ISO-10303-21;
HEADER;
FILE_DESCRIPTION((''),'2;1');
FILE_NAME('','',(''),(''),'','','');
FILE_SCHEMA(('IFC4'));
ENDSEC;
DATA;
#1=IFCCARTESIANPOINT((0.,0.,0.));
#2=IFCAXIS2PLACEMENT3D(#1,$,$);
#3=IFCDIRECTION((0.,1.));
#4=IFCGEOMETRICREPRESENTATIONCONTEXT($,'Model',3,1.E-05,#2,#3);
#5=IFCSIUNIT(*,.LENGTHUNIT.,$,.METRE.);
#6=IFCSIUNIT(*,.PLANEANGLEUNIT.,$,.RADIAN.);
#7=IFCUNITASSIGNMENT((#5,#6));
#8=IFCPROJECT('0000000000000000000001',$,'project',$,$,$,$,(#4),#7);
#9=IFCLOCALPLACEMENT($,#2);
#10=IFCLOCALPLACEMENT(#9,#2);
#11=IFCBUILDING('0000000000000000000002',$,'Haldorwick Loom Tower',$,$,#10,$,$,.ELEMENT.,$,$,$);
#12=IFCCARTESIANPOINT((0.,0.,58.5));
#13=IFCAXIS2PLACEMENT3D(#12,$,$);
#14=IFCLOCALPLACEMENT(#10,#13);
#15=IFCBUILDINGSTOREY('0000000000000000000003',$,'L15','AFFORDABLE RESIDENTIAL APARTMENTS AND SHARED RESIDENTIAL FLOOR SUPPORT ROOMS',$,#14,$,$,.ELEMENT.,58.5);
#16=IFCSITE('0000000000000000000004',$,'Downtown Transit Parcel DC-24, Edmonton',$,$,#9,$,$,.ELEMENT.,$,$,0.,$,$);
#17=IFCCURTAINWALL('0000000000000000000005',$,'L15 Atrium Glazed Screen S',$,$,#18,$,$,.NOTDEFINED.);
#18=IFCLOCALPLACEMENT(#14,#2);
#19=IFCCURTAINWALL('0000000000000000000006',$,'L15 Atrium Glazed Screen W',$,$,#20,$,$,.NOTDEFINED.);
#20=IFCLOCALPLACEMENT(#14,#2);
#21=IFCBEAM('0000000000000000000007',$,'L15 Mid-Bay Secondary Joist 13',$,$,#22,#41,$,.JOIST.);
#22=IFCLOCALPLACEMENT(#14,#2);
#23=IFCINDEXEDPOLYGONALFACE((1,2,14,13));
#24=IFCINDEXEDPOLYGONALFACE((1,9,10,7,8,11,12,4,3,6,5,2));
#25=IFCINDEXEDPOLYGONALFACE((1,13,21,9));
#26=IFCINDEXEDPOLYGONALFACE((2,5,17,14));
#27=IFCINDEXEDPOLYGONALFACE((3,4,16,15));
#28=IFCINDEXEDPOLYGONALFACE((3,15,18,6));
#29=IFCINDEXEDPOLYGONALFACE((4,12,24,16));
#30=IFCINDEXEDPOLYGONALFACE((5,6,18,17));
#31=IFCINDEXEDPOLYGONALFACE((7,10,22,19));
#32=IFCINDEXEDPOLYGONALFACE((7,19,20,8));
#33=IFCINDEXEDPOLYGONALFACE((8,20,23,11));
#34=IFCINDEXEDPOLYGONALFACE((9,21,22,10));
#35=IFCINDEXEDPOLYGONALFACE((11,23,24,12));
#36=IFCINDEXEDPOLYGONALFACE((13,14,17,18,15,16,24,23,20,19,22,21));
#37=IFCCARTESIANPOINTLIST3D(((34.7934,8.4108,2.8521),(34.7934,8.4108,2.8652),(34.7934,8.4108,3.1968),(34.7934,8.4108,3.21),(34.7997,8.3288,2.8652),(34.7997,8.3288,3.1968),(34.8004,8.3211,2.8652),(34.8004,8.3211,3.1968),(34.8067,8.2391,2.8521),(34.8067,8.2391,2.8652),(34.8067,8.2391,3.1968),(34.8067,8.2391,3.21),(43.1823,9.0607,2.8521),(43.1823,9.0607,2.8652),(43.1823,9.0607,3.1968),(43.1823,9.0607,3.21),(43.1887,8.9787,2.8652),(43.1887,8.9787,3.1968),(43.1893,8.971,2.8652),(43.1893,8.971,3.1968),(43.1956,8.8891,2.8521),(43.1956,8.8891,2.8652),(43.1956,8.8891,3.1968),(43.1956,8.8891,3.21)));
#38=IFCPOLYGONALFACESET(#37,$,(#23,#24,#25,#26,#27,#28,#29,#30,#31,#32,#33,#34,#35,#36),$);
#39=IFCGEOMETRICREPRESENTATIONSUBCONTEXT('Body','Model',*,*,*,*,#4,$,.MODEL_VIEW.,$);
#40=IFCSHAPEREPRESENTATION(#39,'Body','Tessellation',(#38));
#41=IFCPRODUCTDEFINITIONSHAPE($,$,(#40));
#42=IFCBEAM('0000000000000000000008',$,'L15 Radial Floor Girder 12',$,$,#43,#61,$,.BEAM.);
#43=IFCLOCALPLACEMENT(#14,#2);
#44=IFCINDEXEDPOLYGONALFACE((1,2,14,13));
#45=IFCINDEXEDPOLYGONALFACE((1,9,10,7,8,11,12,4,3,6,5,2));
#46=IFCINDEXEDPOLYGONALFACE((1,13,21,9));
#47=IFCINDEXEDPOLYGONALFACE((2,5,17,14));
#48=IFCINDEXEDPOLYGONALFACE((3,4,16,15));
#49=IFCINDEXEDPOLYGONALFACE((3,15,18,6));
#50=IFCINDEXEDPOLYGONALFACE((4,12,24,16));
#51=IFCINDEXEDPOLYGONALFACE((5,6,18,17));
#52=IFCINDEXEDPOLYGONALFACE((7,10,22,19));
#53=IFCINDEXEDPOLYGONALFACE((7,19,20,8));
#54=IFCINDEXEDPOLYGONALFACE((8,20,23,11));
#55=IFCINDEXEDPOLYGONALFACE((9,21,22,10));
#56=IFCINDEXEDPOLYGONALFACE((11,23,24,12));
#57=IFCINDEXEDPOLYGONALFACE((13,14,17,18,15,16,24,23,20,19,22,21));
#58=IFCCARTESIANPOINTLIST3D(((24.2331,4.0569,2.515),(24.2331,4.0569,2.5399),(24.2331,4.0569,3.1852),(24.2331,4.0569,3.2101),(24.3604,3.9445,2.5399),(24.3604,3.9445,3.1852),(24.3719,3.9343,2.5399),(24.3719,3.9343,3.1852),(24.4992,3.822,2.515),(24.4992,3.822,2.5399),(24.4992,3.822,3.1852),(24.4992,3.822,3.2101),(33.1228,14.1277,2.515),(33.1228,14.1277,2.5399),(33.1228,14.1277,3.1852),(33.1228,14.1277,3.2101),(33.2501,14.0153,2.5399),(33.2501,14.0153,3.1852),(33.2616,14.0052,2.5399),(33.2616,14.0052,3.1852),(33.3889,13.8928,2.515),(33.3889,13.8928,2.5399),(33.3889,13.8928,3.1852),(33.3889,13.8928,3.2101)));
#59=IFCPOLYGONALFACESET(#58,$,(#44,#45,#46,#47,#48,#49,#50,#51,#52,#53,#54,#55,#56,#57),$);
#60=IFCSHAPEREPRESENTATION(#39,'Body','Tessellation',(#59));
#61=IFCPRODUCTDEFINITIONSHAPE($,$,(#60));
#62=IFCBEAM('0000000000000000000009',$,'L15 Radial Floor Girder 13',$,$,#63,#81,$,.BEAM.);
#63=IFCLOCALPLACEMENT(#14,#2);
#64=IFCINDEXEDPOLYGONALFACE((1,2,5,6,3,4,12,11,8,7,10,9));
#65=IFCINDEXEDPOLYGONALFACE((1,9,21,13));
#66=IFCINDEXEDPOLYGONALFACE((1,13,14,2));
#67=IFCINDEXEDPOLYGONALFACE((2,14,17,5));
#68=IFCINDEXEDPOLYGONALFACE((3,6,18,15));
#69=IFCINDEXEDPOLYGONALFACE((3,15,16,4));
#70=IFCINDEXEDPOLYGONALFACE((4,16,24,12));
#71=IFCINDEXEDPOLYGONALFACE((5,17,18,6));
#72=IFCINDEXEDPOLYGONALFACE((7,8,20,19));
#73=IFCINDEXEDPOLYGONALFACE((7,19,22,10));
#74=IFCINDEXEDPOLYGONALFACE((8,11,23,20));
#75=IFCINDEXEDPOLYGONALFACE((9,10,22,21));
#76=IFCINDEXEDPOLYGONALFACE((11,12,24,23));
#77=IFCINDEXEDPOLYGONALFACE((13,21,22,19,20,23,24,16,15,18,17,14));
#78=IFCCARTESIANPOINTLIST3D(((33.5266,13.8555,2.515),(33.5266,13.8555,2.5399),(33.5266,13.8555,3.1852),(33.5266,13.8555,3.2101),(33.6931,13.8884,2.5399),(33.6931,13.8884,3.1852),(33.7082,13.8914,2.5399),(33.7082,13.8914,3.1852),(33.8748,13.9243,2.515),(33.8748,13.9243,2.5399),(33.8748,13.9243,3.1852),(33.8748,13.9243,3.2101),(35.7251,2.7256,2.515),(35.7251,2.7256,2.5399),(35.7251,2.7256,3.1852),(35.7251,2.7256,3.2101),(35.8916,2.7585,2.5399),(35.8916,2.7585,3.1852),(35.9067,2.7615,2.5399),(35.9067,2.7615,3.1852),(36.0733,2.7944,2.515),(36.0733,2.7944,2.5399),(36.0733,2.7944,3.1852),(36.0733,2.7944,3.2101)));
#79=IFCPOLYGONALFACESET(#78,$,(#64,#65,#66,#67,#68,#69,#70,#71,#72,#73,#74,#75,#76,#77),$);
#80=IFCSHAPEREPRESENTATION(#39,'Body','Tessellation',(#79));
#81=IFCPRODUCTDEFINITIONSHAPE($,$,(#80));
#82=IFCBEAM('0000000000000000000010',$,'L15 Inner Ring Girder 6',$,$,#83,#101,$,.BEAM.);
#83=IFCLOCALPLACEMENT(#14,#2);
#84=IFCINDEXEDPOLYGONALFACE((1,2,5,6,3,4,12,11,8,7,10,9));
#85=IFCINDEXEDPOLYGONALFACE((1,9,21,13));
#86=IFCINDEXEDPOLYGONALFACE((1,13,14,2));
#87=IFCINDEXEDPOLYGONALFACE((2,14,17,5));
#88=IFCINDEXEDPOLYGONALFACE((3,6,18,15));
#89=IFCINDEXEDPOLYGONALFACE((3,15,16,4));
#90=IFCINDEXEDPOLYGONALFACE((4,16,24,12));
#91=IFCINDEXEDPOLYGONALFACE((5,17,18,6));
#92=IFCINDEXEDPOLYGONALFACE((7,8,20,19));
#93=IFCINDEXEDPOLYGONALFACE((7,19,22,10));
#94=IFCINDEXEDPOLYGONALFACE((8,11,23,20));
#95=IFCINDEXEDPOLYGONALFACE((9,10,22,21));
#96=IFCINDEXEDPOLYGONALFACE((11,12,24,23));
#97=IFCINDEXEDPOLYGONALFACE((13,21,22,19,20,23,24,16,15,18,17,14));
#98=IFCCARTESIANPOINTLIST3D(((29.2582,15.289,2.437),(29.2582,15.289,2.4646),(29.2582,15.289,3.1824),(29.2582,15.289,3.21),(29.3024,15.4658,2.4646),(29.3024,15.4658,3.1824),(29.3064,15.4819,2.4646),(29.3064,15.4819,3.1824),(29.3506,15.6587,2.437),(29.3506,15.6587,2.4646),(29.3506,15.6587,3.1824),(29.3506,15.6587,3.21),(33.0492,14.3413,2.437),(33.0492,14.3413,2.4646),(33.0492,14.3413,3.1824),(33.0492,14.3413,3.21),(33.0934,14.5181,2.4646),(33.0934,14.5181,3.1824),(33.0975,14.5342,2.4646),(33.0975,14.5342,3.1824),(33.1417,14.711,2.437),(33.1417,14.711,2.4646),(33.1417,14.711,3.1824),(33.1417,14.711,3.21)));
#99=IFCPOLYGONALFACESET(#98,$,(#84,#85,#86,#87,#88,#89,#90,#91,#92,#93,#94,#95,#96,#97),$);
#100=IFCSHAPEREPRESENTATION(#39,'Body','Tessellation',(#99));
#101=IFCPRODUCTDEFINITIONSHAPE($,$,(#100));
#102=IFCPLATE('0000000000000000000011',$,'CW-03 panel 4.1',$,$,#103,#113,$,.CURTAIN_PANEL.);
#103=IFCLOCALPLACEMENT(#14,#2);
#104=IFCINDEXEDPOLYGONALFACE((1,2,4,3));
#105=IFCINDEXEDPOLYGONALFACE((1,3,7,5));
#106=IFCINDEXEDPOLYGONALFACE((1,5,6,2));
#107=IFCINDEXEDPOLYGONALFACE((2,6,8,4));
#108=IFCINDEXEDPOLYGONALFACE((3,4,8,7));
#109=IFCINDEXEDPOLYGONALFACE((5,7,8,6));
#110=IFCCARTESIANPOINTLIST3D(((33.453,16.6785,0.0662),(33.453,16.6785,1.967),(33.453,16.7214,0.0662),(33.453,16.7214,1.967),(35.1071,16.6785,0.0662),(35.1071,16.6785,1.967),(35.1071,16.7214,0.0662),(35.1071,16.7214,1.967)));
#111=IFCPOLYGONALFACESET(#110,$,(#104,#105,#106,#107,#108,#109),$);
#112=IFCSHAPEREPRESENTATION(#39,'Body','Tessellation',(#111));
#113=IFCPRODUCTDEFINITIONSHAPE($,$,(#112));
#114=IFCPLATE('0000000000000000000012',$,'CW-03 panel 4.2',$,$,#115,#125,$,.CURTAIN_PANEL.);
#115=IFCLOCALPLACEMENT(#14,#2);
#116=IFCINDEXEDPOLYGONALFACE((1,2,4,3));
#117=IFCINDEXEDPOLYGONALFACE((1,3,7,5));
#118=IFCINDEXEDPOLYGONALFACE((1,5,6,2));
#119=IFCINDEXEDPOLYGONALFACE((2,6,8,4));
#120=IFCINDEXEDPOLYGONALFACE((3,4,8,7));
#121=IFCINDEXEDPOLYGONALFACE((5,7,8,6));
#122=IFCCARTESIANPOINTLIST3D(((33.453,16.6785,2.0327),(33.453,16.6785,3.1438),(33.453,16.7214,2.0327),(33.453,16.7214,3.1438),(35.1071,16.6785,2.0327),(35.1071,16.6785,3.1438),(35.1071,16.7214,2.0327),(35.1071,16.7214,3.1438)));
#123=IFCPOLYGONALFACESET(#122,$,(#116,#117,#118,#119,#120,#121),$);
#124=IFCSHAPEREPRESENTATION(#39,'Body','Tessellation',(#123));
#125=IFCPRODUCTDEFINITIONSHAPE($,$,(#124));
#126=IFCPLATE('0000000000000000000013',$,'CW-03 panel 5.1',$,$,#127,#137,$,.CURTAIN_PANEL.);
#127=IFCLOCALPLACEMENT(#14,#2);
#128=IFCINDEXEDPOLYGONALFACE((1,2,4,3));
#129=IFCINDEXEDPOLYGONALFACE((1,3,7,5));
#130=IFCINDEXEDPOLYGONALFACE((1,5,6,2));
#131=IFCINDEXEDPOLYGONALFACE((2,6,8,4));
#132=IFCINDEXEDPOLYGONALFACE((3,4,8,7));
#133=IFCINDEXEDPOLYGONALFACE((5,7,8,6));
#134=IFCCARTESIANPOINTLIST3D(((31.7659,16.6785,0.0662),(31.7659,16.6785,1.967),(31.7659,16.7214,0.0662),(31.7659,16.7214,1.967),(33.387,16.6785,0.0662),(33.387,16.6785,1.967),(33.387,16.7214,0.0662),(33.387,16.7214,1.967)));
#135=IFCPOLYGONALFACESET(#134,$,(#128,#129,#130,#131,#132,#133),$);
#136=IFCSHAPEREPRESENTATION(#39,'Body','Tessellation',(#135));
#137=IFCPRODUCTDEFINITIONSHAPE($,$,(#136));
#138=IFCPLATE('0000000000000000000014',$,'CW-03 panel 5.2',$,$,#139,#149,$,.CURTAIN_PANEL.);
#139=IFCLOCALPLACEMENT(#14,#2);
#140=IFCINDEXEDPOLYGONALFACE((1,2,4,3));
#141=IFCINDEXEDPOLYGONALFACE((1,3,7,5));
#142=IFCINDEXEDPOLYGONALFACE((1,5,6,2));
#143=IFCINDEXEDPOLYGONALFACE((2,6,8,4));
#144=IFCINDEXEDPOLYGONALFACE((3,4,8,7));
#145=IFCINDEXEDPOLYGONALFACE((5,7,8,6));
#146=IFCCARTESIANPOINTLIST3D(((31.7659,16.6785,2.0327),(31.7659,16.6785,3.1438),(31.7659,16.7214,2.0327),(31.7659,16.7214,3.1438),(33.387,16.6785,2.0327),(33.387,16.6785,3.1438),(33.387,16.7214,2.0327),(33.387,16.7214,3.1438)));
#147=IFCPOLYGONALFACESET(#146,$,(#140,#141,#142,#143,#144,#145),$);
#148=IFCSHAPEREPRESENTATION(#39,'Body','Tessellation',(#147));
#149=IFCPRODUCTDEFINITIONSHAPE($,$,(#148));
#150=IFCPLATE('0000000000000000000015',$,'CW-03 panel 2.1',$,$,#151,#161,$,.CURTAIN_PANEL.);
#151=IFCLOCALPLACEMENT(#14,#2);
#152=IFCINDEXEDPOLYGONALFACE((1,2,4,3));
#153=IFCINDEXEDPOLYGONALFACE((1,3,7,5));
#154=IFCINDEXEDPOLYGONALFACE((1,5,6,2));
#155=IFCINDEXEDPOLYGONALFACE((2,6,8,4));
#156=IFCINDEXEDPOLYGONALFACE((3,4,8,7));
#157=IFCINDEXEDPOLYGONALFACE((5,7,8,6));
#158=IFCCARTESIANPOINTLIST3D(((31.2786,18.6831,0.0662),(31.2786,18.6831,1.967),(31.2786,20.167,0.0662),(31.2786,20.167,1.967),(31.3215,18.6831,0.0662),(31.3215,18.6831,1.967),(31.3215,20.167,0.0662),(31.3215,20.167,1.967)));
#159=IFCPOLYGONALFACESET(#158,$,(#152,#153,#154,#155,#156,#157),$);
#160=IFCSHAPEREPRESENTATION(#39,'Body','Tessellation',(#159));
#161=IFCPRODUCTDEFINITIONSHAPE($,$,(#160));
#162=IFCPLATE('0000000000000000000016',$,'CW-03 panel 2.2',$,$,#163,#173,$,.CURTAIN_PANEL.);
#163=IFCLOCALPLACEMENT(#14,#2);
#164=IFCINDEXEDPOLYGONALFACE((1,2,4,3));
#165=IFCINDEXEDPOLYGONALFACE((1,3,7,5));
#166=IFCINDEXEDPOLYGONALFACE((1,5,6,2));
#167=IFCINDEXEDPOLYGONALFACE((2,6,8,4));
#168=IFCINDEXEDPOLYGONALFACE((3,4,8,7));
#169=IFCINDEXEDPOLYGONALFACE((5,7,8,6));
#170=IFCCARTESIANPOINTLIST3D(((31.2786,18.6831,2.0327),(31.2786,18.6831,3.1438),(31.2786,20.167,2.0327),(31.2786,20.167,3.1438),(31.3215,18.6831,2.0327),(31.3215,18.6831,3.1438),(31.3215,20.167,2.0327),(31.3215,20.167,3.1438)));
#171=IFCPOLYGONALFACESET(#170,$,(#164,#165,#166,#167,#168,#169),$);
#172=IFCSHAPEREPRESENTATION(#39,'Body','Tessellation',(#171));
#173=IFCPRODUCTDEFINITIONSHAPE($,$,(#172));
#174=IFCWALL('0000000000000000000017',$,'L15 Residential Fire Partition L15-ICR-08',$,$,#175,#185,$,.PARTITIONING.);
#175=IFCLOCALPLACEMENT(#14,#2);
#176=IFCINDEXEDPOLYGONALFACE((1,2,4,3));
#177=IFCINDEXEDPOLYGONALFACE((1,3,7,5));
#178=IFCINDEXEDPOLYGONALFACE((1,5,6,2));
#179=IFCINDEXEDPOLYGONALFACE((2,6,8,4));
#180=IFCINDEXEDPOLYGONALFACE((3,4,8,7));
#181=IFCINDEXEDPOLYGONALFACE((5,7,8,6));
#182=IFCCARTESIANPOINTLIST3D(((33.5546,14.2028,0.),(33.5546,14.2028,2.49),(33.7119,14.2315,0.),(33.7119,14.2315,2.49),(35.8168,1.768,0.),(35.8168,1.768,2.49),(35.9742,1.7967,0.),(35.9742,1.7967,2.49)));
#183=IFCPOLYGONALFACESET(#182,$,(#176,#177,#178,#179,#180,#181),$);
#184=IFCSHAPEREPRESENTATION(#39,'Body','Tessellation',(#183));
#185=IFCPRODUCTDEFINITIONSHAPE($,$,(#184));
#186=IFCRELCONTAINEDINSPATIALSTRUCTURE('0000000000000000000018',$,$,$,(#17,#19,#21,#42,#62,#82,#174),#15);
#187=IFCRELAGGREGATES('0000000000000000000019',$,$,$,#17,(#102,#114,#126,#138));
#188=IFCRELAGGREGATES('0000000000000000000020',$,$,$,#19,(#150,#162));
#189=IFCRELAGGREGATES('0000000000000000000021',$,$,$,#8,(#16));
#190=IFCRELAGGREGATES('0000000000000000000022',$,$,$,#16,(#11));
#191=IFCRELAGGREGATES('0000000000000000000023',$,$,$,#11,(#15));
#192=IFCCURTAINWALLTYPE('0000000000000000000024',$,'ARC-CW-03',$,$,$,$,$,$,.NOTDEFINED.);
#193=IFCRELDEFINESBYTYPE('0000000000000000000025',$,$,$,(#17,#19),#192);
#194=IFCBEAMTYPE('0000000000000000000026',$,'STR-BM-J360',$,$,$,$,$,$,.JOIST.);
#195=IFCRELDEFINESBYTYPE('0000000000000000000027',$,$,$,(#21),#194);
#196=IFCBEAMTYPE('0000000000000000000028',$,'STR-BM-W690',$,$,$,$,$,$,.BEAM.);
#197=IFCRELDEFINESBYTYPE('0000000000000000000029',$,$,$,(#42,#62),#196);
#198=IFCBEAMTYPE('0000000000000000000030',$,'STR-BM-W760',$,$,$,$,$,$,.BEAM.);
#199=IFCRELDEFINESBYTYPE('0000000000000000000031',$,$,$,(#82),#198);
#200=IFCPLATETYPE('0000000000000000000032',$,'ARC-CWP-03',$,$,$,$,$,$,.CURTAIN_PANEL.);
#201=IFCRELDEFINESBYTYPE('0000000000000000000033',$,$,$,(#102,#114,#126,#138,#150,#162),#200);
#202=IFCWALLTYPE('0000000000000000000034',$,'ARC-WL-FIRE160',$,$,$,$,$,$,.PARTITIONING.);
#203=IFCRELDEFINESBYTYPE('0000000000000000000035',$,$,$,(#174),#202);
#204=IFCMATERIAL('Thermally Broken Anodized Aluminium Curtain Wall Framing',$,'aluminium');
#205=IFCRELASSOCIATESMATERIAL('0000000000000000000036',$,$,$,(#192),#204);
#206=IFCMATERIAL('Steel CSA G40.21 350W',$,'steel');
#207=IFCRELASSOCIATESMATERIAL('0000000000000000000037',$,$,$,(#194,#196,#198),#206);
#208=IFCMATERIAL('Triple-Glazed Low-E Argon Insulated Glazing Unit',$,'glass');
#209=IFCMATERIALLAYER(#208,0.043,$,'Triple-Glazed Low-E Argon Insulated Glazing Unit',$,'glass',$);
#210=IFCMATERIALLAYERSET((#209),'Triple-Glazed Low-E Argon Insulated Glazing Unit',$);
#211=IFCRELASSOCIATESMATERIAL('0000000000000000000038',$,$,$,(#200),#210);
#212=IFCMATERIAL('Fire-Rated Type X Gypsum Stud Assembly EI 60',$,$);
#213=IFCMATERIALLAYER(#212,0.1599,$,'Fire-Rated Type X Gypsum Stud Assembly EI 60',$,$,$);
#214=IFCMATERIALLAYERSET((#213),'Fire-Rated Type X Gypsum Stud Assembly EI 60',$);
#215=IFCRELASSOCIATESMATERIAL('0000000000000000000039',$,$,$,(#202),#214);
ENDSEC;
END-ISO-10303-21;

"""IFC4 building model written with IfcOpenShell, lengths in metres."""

from ifc_helpers import new_model, si_unit, direction, frame, frame_2d, origin, origin_2d, place, context, subcontext, project, spatial, rectangle, i_section, extrude, material, layer, layer_set, material_profile, profile_set, type_object, element, aggregate, save


model = new_model("IFC4")

# Units and contexts
model_context = context("Model", 3, precision=1e-05, world=origin(), true_north=direction((0.0, 1.0)))
body_context = subcontext(model_context, "Body", "Model", "MODEL_VIEW")
ifc_project = project(units=[si_unit("LENGTHUNIT", "METRE"), si_unit("PLANEANGLEUNIT", "RADIAN")], contexts=[model_context])

# Site, building, storey
site_placement = place(None, origin())
site = spatial("IfcSite", under=ifc_project, at=site_placement, Name="Downtown Transit Parcel DC-24, Edmonton", CompositionType="ELEMENT", RefElevation=0.0)
building_placement = place(site_placement, origin())
building = spatial("IfcBuilding", under=site, at=building_placement, Name="Haldorwick Loom Tower", CompositionType="ELEMENT")
storey_placement = place(building_placement, frame((0.0, 0.0, 58.5)))
storey = spatial("IfcBuildingStorey", under=building, at=storey_placement, Name="L15", Description="AFFORDABLE RESIDENTIAL APARTMENTS AND SHARED RESIDENTIAL FLOOR SUPPORT ROOMS", CompositionType="ELEMENT", Elevation=58.5)

# Curtain walls
ifc_material_1 = material(Name="Thermally Broken Anodized Aluminium Curtain Wall Framing", Category="aluminium")
curtain_wall_type = type_object("IfcCurtainWallType", Name="ARC-CW-03", PredefinedType="NOTDEFINED", material=ifc_material_1)
curtain_wall_1_placement = place(storey_placement, origin())
curtain_wall_1 = element("IfcCurtainWall", 1, at=curtain_wall_1_placement, inside=storey, type_object=curtain_wall_type, Name="L15 Atrium Glazed Screen S", PredefinedType="NOTDEFINED")
curtain_wall_2_placement = place(storey_placement, origin())
curtain_wall_2 = element("IfcCurtainWall", 2, at=curtain_wall_2_placement, inside=storey, type_object=curtain_wall_type, Name="L15 Atrium Glazed Screen W", PredefinedType="NOTDEFINED")

# Beams
ifc_material_2 = material(Name="Steel CSA G40.21 350W", Category="steel")
ifc_material_profile_1 = material_profile(ifc_material_2, i_section(OverallWidth=0.1721, OverallDepth=0.3579, WebThickness=0.0078, FlangeThickness=0.0132, at=origin_2d()), Name="W360X57", Category="steel")
ifc_profile_set_1 = profile_set([ifc_material_profile_1], Name="Steel CSA G40.21 350W")
beam_type_1 = type_object("IfcBeamType", Name="STR-BM-J360", PredefinedType="JOIST", material=ifc_profile_set_1)
beam_1_placement = place(storey_placement, frame((34.8, 8.325, 3.031), z_axis=(0.997013, 0.07724, 0.0), x_axis=(-0.07724, 0.997013, 0.0)))
element("IfcBeam", 3, at=beam_1_placement, inside=storey, type_object=beam_type_1, Name="L15 Mid-Bay Secondary Joist 13", PredefinedType="JOIST", context=body_context, shape_type="SweptSolid", body=[
    extrude(i_section(OverallWidth=0.1721, OverallDepth=0.3579, WebThickness=0.0078, FlangeThickness=0.0132, at=origin_2d()), origin(), (0.0, 0.0, 1.0), 8.4141),
])
ifc_material_profile_2 = material_profile(ifc_material_2, i_section(OverallWidth=0.355, OverallDepth=0.6951, WebThickness=0.0154, FlangeThickness=0.0249, at=origin_2d()), Name="W690X217", Category="steel")
ifc_profile_set_2 = profile_set([ifc_material_profile_2], Name="Steel CSA G40.21 350W")
beam_type_2 = type_object("IfcBeamType", Name="STR-BM-W690", PredefinedType="BEAM", material=ifc_profile_set_2)
beam_2_placement = place(storey_placement, frame((33.2559, 14.0103, 2.8625), z_axis=(-0.661774, -0.749703, 0.0), x_axis=(0.749703, -0.661774, 0.0)))
element("IfcBeam", 4, at=beam_2_placement, inside=storey, type_object=beam_type_2, Name="L15 Radial Floor Girder 12", PredefinedType="BEAM", context=body_context, shape_type="SweptSolid", body=[
    extrude(i_section(OverallWidth=0.355, OverallDepth=0.6951, WebThickness=0.0154, FlangeThickness=0.0249, at=origin_2d()), origin(), (0.0, 0.0, 1.0), 13.4331),
])
beam_3_placement = place(storey_placement, frame((33.7007, 13.8899, 2.8625), z_axis=(0.193786, -0.981044, 0.0), x_axis=(0.981044, 0.193786, 0.0)))
element("IfcBeam", 5, at=beam_3_placement, inside=storey, type_object=beam_type_2, Name="L15 Radial Floor Girder 13", PredefinedType="BEAM", context=body_context, shape_type="SweptSolid", body=[
    extrude(i_section(OverallWidth=0.355, OverallDepth=0.6951, WebThickness=0.0154, FlangeThickness=0.0249, at=origin_2d()), origin(), (0.0, 0.0, 1.0), 11.345),
])
ifc_material_profile_3 = material_profile(ifc_material_2, i_section(OverallWidth=0.3811, OverallDepth=0.7729, WebThickness=0.0166, FlangeThickness=0.0276, at=origin_2d()), Name="W760X257", Category="steel")
ifc_profile_set_3 = profile_set([ifc_material_profile_3], Name="Steel CSA G40.21 350W")
beam_type_3 = type_object("IfcBeamType", Name="STR-BM-W760", PredefinedType="BEAM", material=ifc_profile_set_3)
beam_4_placement = place(storey_placement, frame((33.0955, 14.5261, 2.8235), z_axis=(-0.970143, 0.242536, 0.0), x_axis=(-0.242536, -0.970143, 0.0)))
element("IfcBeam", 6, at=beam_4_placement, inside=storey, type_object=beam_type_3, Name="L15 Inner Ring Girder 6", PredefinedType="BEAM", context=body_context, shape_type="SweptSolid", body=[
    extrude(i_section(OverallWidth=0.3811, OverallDepth=0.7729, WebThickness=0.0166, FlangeThickness=0.0276, at=origin_2d()), origin(), (0.0, 0.0, 1.0), 3.9077),
])

# Plates
ifc_material_3 = material(Name="Triple-Glazed Low-E Argon Insulated Glazing Unit", Category="glass")
ifc_layer_1 = layer(ifc_material_3, 0.043, Name="Triple-Glazed Low-E Argon Insulated Glazing Unit", Category="glass")
ifc_layer_set_1 = layer_set([ifc_layer_1], Name="Triple-Glazed Low-E Argon Insulated Glazing Unit")
plate_type = type_object("IfcPlateType", Name="ARC-CWP-03", PredefinedType="CURTAIN_PANEL", material=ifc_layer_set_1)
plate_1_placement = place(storey_placement, frame((34.28, 16.7, 0.0662), z_axis=(0.0, 0.0, 1.0), x_axis=(-1.0, 0.0, 0.0)))
plate_1 = element("IfcPlate", 7, at=plate_1_placement, type_object=plate_type, Name="CW-03 panel 4.1", PredefinedType="CURTAIN_PANEL", context=body_context, shape_type="SweptSolid", body=[
    extrude(rectangle(XDim=1.6541, YDim=0.043, at=origin_2d()), origin(), (0.0, 0.0, 1.0), 1.9009),
])
plate_2_placement = place(storey_placement, frame((34.28, 16.7, 2.0327), z_axis=(0.0, 0.0, 1.0), x_axis=(-1.0, 0.0, 0.0)))
plate_2 = element("IfcPlate", 8, at=plate_2_placement, type_object=plate_type, Name="CW-03 panel 4.2", PredefinedType="CURTAIN_PANEL", context=body_context, shape_type="SweptSolid", body=[
    extrude(rectangle(XDim=1.6541, YDim=0.043, at=origin_2d()), origin(), (0.0, 0.0, 1.0), 1.1111),
])
plate_3_placement = place(storey_placement, frame((32.5764, 16.7, 0.0662), z_axis=(0.0, 0.0, 1.0), x_axis=(-1.0, 0.0, 0.0)))
plate_3 = element("IfcPlate", 9, at=plate_3_placement, type_object=plate_type, Name="CW-03 panel 5.1", PredefinedType="CURTAIN_PANEL", context=body_context, shape_type="SweptSolid", body=[
    extrude(rectangle(XDim=1.6211, YDim=0.043, at=origin_2d()), origin(), (0.0, 0.0, 1.0), 1.9009),
])
plate_4_placement = place(storey_placement, frame((32.5764, 16.7, 2.0327), z_axis=(0.0, 0.0, 1.0), x_axis=(-1.0, 0.0, 0.0)))
plate_4 = element("IfcPlate", 10, at=plate_4_placement, type_object=plate_type, Name="CW-03 panel 5.2", PredefinedType="CURTAIN_PANEL", context=body_context, shape_type="SweptSolid", body=[
    extrude(rectangle(XDim=1.6211, YDim=0.043, at=origin_2d()), origin(), (0.0, 0.0, 1.0), 1.1111),
])
aggregate(curtain_wall_1, [plate_1, plate_2, plate_3, plate_4])
plate_5_placement = place(storey_placement, frame((31.3, 19.425, 0.0662), z_axis=(0.0, 0.0, 1.0), x_axis=(0.0, 1.0, 0.0)))
plate_5 = element("IfcPlate", 11, at=plate_5_placement, type_object=plate_type, Name="CW-03 panel 2.1", PredefinedType="CURTAIN_PANEL", context=body_context, shape_type="SweptSolid", body=[
    extrude(rectangle(XDim=1.4839, YDim=0.043, at=origin_2d()), origin(), (0.0, 0.0, 1.0), 1.9009),
])
plate_6_placement = place(storey_placement, frame((31.3, 19.425, 2.0327), z_axis=(0.0, 0.0, 1.0), x_axis=(0.0, 1.0, 0.0)))
plate_6 = element("IfcPlate", 12, at=plate_6_placement, type_object=plate_type, Name="CW-03 panel 2.2", PredefinedType="CURTAIN_PANEL", context=body_context, shape_type="SweptSolid", body=[
    extrude(rectangle(XDim=1.4839, YDim=0.043, at=origin_2d()), origin(), (0.0, 0.0, 1.0), 1.1111),
])
aggregate(curtain_wall_2, [plate_5, plate_6])

# Wall
ifc_material_4 = material(Name="Fire-Rated Type X Gypsum Stud Assembly EI 60")
ifc_layer_2 = layer(ifc_material_4, 0.1599, Name="Fire-Rated Type X Gypsum Stud Assembly EI 60")
ifc_layer_set_2 = layer_set([ifc_layer_2], Name="Fire-Rated Type X Gypsum Stud Assembly EI 60")
wall_type_1 = type_object("IfcWallType", Name="ARC-WL-FIRE160", PredefinedType="PARTITIONING", material=ifc_layer_set_2)
wall_1_placement = place(storey_placement, frame((33.6333, 14.217, 0.0), z_axis=(0.0, 0.0, 1.0), x_axis=(0.178987, -0.983851, 0.0)))
element("IfcWall", 13, at=wall_1_placement, inside=storey, type_object=wall_type_1, Name="L15 Residential Fire Partition L15-ICR-08", PredefinedType="PARTITIONING", context=body_context, shape_type="SweptSolid", body=[
    extrude(rectangle(XDim=12.6389, YDim=0.1599, at=frame_2d((6.3193, 0.0))), origin(), (0.0, 0.0, 1.0), 2.49),
])

save(model, "model.ifc")
